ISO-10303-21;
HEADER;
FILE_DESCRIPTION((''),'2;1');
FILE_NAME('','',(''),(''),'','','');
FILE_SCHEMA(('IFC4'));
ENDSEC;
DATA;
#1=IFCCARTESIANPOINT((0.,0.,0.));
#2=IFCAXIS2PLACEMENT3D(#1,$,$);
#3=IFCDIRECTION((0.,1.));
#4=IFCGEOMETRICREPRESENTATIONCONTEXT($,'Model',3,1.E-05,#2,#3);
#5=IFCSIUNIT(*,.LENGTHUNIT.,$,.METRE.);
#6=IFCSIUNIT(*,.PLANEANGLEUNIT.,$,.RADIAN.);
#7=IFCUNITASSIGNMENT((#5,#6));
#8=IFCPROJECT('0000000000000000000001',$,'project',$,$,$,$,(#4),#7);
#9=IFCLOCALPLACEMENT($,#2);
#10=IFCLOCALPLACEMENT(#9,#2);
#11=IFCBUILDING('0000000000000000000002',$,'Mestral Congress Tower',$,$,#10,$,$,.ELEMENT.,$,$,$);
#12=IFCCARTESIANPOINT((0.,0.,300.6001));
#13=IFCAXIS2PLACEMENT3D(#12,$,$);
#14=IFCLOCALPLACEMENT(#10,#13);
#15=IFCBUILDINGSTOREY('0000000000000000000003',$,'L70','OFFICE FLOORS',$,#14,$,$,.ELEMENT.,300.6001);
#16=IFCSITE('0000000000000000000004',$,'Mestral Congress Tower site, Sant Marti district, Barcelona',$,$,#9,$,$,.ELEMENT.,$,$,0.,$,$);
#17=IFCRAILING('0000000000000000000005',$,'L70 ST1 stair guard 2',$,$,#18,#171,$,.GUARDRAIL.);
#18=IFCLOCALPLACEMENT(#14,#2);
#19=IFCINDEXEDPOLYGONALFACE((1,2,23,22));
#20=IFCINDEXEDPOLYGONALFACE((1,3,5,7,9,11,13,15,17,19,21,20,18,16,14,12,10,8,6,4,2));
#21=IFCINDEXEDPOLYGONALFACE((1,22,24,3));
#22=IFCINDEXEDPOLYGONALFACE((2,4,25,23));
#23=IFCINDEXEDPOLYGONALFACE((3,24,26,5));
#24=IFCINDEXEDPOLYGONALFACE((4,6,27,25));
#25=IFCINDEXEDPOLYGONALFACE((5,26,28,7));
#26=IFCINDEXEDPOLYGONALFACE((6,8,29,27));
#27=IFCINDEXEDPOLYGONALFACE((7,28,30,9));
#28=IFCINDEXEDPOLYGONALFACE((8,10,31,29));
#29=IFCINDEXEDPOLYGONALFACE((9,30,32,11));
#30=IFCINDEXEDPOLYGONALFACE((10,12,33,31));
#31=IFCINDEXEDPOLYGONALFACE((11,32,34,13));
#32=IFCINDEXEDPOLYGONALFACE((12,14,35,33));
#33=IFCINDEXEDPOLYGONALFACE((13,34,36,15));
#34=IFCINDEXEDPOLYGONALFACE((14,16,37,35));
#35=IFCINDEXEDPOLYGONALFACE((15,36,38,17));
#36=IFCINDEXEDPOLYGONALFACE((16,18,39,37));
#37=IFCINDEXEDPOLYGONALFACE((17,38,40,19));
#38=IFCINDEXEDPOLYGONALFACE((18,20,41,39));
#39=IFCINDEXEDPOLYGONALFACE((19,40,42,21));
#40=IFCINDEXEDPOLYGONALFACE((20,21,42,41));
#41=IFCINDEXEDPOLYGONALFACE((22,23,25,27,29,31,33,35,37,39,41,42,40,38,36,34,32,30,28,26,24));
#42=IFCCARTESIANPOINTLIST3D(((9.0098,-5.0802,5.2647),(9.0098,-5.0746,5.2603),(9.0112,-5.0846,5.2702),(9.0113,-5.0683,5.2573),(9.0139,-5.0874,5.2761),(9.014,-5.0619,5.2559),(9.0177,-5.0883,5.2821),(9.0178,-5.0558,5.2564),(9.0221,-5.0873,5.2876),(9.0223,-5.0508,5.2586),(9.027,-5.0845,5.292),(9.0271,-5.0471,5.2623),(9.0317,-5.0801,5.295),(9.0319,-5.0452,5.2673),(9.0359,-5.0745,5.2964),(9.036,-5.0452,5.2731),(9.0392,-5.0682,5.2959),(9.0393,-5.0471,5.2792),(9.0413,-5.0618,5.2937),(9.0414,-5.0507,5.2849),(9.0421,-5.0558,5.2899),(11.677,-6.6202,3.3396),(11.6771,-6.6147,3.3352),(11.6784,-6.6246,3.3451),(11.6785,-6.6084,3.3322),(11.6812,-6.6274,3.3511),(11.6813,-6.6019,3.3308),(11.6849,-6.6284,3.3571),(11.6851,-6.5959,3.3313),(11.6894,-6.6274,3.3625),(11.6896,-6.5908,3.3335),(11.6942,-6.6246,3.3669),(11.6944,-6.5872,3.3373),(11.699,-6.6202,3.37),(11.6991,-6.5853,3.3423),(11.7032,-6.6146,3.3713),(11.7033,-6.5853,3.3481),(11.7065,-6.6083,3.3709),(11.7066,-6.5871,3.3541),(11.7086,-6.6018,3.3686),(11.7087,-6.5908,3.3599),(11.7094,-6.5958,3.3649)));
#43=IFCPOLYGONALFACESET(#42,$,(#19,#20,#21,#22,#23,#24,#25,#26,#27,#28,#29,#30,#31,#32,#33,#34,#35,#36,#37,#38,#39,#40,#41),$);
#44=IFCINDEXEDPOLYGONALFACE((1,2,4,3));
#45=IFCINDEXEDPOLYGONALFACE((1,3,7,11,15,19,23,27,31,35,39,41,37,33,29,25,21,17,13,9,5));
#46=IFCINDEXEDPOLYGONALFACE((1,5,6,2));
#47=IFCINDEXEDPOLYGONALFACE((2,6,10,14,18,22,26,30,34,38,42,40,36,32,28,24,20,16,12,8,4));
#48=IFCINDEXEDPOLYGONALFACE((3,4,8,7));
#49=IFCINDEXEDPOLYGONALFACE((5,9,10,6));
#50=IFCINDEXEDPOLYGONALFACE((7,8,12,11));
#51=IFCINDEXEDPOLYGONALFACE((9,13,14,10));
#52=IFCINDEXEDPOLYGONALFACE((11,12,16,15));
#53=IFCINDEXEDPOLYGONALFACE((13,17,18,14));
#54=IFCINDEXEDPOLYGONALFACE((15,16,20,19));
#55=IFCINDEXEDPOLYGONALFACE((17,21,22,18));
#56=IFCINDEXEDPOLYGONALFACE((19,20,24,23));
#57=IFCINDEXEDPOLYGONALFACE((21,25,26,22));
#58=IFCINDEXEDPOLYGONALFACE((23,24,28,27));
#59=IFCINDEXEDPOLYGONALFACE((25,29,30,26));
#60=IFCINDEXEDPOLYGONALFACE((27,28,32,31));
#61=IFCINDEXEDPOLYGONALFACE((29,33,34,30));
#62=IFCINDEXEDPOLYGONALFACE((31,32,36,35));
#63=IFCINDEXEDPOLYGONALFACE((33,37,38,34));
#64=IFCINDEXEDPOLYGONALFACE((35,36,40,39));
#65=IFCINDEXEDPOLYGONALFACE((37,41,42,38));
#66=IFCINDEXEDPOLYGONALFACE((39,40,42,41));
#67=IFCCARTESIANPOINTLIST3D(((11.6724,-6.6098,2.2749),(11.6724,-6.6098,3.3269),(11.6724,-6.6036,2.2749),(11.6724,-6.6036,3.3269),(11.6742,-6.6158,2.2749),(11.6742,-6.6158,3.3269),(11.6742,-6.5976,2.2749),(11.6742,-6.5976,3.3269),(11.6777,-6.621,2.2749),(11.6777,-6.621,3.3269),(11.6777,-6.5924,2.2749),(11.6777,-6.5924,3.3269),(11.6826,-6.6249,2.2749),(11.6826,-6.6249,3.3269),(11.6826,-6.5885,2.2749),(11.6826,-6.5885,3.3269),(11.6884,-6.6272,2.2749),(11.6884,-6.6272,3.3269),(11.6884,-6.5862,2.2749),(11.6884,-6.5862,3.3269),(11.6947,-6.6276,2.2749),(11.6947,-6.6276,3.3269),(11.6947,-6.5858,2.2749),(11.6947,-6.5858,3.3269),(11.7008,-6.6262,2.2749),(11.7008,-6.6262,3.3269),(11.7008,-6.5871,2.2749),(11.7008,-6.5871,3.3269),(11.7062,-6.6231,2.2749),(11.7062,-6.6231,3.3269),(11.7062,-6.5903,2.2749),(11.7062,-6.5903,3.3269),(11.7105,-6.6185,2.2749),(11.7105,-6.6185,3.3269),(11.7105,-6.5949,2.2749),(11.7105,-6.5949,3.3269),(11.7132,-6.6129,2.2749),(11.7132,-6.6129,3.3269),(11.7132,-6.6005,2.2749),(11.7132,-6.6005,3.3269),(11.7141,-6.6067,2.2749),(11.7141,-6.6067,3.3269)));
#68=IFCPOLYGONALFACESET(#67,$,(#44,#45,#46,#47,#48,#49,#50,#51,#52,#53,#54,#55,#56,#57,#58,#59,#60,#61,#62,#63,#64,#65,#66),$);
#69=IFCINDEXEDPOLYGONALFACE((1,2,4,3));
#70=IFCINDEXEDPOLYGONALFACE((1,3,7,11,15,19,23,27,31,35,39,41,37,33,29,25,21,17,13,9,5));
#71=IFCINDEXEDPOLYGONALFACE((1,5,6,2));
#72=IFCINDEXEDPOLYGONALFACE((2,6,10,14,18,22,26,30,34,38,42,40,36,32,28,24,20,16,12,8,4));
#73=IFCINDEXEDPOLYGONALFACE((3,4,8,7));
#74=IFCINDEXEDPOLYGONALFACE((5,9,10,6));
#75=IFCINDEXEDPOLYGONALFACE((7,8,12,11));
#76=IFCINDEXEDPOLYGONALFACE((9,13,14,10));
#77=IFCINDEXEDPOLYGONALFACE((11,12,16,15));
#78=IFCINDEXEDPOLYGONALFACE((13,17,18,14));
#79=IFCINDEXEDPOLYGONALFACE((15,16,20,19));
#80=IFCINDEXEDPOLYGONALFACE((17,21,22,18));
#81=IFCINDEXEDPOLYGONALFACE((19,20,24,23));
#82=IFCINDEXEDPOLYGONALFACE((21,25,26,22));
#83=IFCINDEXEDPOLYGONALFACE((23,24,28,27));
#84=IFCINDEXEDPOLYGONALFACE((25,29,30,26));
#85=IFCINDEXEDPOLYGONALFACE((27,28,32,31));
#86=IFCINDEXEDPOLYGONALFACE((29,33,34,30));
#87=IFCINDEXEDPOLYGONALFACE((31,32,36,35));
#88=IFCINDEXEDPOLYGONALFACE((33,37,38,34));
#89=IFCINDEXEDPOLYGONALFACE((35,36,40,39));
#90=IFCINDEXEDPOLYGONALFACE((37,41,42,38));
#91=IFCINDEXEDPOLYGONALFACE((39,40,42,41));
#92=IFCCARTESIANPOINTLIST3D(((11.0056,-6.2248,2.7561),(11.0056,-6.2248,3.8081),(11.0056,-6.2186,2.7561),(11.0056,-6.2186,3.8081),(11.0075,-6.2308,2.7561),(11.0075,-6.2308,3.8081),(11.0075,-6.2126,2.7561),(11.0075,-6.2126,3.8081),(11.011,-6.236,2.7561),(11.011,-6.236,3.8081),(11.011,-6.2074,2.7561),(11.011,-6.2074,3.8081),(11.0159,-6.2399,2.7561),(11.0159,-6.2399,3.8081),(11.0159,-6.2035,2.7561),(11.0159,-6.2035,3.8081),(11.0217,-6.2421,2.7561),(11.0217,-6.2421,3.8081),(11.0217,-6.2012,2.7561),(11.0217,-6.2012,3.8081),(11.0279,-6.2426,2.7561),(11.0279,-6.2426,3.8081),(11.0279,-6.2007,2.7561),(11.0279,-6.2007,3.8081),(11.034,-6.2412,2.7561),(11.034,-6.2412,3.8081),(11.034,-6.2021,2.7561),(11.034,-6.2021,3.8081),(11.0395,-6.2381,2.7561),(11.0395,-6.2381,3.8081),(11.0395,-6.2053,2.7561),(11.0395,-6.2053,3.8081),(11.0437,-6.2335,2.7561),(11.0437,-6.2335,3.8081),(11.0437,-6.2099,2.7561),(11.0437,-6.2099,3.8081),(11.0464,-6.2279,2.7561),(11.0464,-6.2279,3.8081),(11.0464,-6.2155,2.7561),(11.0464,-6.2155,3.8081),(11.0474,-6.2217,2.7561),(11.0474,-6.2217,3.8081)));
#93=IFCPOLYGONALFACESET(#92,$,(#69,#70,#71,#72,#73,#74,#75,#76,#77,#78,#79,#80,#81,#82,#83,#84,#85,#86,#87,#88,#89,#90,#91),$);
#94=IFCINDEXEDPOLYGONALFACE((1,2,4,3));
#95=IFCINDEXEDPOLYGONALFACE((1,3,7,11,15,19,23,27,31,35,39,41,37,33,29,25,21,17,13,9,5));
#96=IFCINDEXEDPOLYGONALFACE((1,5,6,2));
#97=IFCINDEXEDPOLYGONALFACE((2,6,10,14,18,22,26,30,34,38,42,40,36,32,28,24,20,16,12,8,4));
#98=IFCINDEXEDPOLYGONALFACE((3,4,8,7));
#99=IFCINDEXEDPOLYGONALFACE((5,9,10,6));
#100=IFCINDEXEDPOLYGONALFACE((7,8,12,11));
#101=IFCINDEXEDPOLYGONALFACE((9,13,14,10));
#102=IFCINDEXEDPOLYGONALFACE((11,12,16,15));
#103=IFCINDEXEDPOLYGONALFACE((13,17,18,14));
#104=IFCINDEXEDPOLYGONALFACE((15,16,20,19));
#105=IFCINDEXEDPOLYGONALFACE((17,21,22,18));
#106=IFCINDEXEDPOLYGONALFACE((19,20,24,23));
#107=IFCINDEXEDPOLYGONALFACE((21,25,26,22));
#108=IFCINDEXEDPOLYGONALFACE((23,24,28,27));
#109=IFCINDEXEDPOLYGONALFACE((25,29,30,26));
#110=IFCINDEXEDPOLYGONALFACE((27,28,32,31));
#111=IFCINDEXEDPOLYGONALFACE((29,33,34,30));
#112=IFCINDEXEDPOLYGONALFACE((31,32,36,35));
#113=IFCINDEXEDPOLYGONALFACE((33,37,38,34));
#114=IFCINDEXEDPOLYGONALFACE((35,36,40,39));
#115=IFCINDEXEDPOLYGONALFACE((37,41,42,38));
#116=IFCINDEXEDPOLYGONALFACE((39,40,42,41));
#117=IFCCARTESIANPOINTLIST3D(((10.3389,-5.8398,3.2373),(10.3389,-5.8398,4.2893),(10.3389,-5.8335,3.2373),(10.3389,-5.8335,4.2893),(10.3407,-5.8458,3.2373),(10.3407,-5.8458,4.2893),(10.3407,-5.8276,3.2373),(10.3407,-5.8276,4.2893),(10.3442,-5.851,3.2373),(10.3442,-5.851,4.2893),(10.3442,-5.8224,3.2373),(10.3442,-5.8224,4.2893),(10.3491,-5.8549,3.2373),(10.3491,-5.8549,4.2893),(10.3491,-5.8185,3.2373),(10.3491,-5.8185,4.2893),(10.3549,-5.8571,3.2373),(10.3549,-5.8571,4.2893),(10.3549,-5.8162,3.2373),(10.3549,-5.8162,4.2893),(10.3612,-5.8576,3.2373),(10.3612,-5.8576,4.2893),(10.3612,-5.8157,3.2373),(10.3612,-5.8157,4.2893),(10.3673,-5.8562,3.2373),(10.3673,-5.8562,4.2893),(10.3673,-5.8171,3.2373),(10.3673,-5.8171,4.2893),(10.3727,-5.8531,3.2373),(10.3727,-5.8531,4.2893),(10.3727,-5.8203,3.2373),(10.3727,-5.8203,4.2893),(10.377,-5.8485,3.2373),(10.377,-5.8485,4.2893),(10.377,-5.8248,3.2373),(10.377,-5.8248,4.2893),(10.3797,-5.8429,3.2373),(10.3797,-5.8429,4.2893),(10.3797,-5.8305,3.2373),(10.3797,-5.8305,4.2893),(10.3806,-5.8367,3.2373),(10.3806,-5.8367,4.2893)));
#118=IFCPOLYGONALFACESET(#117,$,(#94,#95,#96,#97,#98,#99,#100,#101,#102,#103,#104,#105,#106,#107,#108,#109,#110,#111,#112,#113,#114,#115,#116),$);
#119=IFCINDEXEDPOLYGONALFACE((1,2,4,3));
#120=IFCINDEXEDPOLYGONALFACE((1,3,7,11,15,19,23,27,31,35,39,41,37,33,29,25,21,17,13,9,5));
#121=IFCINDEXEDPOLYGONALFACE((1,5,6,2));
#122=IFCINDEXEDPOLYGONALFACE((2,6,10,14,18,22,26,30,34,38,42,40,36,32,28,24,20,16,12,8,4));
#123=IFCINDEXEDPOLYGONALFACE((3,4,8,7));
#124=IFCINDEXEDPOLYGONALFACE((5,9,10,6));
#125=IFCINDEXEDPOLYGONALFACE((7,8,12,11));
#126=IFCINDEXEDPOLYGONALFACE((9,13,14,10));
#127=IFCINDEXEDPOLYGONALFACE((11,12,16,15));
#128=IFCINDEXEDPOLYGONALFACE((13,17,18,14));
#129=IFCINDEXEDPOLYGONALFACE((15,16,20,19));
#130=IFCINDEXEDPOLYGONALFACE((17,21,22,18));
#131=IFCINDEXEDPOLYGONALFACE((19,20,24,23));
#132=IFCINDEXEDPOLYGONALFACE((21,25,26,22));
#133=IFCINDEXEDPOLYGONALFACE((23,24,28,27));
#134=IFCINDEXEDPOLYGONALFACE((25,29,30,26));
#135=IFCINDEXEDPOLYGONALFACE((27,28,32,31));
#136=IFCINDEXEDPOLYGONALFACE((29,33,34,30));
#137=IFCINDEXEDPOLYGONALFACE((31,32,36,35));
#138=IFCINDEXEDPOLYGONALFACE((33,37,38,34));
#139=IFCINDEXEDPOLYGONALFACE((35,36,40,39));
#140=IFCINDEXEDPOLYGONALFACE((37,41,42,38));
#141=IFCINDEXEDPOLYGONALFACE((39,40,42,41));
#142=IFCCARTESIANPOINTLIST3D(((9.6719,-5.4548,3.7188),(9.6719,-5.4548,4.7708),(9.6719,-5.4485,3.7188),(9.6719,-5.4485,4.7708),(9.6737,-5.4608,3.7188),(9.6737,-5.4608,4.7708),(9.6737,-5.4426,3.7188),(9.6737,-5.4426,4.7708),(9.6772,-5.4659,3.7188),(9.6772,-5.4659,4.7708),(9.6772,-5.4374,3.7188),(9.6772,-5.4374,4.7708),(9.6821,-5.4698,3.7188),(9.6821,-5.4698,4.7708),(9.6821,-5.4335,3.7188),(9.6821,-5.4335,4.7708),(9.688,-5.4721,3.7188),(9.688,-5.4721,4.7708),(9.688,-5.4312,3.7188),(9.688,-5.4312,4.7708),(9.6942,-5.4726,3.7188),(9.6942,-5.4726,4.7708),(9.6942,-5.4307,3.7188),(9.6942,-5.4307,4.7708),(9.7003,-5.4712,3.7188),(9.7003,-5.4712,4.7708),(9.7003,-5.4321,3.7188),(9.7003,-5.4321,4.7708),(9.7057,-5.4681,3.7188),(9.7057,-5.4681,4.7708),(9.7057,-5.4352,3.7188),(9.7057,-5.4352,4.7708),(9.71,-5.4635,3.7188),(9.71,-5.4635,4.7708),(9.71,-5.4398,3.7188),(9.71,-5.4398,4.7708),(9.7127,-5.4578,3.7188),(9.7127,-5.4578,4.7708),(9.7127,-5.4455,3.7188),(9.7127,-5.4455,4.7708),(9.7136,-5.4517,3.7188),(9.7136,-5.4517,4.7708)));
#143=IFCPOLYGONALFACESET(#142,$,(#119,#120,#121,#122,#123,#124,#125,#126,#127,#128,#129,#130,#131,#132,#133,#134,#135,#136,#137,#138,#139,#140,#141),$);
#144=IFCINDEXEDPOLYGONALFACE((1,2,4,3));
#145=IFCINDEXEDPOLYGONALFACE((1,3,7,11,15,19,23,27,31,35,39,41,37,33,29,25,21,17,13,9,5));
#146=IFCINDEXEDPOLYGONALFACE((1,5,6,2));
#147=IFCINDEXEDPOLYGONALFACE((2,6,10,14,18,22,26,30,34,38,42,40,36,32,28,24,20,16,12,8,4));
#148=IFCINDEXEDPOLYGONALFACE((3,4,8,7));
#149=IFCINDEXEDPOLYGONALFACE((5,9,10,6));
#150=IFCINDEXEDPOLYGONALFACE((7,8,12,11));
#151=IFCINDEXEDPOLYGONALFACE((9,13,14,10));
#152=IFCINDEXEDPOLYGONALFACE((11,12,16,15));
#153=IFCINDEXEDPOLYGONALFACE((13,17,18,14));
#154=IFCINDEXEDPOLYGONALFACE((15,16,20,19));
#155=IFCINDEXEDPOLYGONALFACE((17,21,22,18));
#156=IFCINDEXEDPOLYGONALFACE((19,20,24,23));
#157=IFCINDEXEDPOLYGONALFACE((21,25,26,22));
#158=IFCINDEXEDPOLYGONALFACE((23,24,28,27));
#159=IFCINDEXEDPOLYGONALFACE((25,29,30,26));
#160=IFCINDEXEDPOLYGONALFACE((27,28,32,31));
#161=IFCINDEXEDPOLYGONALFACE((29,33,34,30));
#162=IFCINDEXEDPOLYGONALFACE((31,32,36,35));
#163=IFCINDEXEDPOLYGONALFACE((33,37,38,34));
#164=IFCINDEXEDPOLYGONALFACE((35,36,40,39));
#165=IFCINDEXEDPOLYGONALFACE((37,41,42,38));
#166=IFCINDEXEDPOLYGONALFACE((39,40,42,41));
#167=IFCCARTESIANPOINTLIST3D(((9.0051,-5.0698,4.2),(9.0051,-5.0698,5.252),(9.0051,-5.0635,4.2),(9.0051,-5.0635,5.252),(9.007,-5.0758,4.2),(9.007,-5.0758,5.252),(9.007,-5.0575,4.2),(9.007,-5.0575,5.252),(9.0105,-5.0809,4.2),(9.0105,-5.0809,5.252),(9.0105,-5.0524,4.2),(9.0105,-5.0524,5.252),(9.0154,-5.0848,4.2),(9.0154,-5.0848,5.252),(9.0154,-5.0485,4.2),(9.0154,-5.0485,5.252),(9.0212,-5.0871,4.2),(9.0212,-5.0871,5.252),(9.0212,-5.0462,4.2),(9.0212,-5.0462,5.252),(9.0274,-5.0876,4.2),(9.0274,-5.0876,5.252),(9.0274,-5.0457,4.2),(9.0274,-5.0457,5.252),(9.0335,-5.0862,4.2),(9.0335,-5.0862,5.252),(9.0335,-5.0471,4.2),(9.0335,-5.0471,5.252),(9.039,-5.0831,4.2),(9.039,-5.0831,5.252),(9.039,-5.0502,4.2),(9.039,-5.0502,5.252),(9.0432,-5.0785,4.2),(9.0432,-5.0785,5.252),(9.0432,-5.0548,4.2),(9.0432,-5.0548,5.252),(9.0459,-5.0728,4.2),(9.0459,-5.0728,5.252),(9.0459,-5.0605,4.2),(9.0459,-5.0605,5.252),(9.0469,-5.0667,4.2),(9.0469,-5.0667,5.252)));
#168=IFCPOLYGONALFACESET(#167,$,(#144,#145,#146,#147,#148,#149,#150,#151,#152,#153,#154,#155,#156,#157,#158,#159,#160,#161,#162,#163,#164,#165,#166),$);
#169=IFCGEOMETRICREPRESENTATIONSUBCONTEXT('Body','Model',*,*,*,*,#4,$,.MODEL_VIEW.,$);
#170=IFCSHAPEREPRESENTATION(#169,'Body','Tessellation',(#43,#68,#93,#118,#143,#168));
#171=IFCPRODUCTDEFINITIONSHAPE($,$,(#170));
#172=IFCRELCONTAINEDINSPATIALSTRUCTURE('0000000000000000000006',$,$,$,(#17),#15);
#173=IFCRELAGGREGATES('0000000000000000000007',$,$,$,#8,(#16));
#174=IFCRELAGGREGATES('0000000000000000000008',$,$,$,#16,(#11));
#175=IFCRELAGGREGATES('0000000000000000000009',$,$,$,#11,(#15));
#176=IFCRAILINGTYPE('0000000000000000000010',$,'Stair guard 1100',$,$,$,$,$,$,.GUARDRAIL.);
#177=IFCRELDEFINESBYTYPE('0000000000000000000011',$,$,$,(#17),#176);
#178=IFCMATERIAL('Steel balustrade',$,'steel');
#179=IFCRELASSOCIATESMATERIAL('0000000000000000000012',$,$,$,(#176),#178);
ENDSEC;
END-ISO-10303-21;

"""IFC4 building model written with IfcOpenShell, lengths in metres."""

from ifc_helpers import new_model, si_unit, direction, frame, origin, origin_2d, place, context, subcontext, project, spatial, circle, extrude, material, type_object, element, save


model = new_model("IFC4")

# Units and contexts
model_context = context("Model", 3, precision=1e-05, world=origin(), true_north=direction((0.0, 1.0)))
body_context = subcontext(model_context, "Body", "Model", "MODEL_VIEW")
ifc_project = project(units=[si_unit("LENGTHUNIT", "METRE"), si_unit("PLANEANGLEUNIT", "RADIAN")], contexts=[model_context])

# Site, building, storey
site_placement = place(None, origin())
site = spatial("IfcSite", under=ifc_project, at=site_placement, Name="Mestral Congress Tower site, Sant Marti district, Barcelona", CompositionType="ELEMENT", RefElevation=0.0)
building_placement = place(site_placement, origin())
building = spatial("IfcBuilding", under=site, at=building_placement, Name="Mestral Congress Tower", CompositionType="ELEMENT")
storey_placement = place(building_placement, frame((0.0, 0.0, 300.6001)))
storey = spatial("IfcBuildingStorey", under=building, at=storey_placement, Name="L70", Description="OFFICE FLOORS", CompositionType="ELEMENT", Elevation=300.6001)

# Railing
ifc_material_1 = material(Name="Steel balustrade", Category="steel")
railing_type = type_object("IfcRailingType", Name="Stair guard 1100", PredefinedType="GUARDRAIL", material=ifc_material_1)
railing_placement = place(storey_placement, frame((11.6931, -6.6067, 2.2749)))
element("IfcRailing", 1, at=railing_placement, inside=storey, type_object=railing_type, Name="L70 ST1 stair guard 2", PredefinedType="GUARDRAIL", context=body_context, shape_type="SweptSolid", body=[
    extrude(circle(Radius=0.0239, at=origin_2d()), frame((0.0, 0.0, 1.0762), z_axis=(-0.734364, 0.424015, 0.530019), x_axis=(-0.500027, -0.86601, 0.0)), (0.0, 0.0, 1.0), 3.6321),
    extrude(circle(Radius=0.021, at=origin_2d()), origin(), (0.0, 0.0, 1.0), 1.052),
    extrude(circle(Radius=0.021, at=origin_2d()), frame((-0.6667, 0.385, 0.4812)), (0.0, 0.0, 1.0), 1.052),
    extrude(circle(Radius=0.021, at=origin_2d()), frame((-1.3335, 0.77, 0.9624)), (0.0, 0.0, 1.0), 1.052),
    extrude(circle(Radius=0.021, at=origin_2d()), frame((-2.0005, 1.155, 1.4438)), (0.0, 0.0, 1.0), 1.052),
    extrude(circle(Radius=0.021, at=origin_2d()), frame((-2.6672, 1.54, 1.925)), (0.0, 0.0, 1.0), 1.052),
])

save(model, "model.ifc")
